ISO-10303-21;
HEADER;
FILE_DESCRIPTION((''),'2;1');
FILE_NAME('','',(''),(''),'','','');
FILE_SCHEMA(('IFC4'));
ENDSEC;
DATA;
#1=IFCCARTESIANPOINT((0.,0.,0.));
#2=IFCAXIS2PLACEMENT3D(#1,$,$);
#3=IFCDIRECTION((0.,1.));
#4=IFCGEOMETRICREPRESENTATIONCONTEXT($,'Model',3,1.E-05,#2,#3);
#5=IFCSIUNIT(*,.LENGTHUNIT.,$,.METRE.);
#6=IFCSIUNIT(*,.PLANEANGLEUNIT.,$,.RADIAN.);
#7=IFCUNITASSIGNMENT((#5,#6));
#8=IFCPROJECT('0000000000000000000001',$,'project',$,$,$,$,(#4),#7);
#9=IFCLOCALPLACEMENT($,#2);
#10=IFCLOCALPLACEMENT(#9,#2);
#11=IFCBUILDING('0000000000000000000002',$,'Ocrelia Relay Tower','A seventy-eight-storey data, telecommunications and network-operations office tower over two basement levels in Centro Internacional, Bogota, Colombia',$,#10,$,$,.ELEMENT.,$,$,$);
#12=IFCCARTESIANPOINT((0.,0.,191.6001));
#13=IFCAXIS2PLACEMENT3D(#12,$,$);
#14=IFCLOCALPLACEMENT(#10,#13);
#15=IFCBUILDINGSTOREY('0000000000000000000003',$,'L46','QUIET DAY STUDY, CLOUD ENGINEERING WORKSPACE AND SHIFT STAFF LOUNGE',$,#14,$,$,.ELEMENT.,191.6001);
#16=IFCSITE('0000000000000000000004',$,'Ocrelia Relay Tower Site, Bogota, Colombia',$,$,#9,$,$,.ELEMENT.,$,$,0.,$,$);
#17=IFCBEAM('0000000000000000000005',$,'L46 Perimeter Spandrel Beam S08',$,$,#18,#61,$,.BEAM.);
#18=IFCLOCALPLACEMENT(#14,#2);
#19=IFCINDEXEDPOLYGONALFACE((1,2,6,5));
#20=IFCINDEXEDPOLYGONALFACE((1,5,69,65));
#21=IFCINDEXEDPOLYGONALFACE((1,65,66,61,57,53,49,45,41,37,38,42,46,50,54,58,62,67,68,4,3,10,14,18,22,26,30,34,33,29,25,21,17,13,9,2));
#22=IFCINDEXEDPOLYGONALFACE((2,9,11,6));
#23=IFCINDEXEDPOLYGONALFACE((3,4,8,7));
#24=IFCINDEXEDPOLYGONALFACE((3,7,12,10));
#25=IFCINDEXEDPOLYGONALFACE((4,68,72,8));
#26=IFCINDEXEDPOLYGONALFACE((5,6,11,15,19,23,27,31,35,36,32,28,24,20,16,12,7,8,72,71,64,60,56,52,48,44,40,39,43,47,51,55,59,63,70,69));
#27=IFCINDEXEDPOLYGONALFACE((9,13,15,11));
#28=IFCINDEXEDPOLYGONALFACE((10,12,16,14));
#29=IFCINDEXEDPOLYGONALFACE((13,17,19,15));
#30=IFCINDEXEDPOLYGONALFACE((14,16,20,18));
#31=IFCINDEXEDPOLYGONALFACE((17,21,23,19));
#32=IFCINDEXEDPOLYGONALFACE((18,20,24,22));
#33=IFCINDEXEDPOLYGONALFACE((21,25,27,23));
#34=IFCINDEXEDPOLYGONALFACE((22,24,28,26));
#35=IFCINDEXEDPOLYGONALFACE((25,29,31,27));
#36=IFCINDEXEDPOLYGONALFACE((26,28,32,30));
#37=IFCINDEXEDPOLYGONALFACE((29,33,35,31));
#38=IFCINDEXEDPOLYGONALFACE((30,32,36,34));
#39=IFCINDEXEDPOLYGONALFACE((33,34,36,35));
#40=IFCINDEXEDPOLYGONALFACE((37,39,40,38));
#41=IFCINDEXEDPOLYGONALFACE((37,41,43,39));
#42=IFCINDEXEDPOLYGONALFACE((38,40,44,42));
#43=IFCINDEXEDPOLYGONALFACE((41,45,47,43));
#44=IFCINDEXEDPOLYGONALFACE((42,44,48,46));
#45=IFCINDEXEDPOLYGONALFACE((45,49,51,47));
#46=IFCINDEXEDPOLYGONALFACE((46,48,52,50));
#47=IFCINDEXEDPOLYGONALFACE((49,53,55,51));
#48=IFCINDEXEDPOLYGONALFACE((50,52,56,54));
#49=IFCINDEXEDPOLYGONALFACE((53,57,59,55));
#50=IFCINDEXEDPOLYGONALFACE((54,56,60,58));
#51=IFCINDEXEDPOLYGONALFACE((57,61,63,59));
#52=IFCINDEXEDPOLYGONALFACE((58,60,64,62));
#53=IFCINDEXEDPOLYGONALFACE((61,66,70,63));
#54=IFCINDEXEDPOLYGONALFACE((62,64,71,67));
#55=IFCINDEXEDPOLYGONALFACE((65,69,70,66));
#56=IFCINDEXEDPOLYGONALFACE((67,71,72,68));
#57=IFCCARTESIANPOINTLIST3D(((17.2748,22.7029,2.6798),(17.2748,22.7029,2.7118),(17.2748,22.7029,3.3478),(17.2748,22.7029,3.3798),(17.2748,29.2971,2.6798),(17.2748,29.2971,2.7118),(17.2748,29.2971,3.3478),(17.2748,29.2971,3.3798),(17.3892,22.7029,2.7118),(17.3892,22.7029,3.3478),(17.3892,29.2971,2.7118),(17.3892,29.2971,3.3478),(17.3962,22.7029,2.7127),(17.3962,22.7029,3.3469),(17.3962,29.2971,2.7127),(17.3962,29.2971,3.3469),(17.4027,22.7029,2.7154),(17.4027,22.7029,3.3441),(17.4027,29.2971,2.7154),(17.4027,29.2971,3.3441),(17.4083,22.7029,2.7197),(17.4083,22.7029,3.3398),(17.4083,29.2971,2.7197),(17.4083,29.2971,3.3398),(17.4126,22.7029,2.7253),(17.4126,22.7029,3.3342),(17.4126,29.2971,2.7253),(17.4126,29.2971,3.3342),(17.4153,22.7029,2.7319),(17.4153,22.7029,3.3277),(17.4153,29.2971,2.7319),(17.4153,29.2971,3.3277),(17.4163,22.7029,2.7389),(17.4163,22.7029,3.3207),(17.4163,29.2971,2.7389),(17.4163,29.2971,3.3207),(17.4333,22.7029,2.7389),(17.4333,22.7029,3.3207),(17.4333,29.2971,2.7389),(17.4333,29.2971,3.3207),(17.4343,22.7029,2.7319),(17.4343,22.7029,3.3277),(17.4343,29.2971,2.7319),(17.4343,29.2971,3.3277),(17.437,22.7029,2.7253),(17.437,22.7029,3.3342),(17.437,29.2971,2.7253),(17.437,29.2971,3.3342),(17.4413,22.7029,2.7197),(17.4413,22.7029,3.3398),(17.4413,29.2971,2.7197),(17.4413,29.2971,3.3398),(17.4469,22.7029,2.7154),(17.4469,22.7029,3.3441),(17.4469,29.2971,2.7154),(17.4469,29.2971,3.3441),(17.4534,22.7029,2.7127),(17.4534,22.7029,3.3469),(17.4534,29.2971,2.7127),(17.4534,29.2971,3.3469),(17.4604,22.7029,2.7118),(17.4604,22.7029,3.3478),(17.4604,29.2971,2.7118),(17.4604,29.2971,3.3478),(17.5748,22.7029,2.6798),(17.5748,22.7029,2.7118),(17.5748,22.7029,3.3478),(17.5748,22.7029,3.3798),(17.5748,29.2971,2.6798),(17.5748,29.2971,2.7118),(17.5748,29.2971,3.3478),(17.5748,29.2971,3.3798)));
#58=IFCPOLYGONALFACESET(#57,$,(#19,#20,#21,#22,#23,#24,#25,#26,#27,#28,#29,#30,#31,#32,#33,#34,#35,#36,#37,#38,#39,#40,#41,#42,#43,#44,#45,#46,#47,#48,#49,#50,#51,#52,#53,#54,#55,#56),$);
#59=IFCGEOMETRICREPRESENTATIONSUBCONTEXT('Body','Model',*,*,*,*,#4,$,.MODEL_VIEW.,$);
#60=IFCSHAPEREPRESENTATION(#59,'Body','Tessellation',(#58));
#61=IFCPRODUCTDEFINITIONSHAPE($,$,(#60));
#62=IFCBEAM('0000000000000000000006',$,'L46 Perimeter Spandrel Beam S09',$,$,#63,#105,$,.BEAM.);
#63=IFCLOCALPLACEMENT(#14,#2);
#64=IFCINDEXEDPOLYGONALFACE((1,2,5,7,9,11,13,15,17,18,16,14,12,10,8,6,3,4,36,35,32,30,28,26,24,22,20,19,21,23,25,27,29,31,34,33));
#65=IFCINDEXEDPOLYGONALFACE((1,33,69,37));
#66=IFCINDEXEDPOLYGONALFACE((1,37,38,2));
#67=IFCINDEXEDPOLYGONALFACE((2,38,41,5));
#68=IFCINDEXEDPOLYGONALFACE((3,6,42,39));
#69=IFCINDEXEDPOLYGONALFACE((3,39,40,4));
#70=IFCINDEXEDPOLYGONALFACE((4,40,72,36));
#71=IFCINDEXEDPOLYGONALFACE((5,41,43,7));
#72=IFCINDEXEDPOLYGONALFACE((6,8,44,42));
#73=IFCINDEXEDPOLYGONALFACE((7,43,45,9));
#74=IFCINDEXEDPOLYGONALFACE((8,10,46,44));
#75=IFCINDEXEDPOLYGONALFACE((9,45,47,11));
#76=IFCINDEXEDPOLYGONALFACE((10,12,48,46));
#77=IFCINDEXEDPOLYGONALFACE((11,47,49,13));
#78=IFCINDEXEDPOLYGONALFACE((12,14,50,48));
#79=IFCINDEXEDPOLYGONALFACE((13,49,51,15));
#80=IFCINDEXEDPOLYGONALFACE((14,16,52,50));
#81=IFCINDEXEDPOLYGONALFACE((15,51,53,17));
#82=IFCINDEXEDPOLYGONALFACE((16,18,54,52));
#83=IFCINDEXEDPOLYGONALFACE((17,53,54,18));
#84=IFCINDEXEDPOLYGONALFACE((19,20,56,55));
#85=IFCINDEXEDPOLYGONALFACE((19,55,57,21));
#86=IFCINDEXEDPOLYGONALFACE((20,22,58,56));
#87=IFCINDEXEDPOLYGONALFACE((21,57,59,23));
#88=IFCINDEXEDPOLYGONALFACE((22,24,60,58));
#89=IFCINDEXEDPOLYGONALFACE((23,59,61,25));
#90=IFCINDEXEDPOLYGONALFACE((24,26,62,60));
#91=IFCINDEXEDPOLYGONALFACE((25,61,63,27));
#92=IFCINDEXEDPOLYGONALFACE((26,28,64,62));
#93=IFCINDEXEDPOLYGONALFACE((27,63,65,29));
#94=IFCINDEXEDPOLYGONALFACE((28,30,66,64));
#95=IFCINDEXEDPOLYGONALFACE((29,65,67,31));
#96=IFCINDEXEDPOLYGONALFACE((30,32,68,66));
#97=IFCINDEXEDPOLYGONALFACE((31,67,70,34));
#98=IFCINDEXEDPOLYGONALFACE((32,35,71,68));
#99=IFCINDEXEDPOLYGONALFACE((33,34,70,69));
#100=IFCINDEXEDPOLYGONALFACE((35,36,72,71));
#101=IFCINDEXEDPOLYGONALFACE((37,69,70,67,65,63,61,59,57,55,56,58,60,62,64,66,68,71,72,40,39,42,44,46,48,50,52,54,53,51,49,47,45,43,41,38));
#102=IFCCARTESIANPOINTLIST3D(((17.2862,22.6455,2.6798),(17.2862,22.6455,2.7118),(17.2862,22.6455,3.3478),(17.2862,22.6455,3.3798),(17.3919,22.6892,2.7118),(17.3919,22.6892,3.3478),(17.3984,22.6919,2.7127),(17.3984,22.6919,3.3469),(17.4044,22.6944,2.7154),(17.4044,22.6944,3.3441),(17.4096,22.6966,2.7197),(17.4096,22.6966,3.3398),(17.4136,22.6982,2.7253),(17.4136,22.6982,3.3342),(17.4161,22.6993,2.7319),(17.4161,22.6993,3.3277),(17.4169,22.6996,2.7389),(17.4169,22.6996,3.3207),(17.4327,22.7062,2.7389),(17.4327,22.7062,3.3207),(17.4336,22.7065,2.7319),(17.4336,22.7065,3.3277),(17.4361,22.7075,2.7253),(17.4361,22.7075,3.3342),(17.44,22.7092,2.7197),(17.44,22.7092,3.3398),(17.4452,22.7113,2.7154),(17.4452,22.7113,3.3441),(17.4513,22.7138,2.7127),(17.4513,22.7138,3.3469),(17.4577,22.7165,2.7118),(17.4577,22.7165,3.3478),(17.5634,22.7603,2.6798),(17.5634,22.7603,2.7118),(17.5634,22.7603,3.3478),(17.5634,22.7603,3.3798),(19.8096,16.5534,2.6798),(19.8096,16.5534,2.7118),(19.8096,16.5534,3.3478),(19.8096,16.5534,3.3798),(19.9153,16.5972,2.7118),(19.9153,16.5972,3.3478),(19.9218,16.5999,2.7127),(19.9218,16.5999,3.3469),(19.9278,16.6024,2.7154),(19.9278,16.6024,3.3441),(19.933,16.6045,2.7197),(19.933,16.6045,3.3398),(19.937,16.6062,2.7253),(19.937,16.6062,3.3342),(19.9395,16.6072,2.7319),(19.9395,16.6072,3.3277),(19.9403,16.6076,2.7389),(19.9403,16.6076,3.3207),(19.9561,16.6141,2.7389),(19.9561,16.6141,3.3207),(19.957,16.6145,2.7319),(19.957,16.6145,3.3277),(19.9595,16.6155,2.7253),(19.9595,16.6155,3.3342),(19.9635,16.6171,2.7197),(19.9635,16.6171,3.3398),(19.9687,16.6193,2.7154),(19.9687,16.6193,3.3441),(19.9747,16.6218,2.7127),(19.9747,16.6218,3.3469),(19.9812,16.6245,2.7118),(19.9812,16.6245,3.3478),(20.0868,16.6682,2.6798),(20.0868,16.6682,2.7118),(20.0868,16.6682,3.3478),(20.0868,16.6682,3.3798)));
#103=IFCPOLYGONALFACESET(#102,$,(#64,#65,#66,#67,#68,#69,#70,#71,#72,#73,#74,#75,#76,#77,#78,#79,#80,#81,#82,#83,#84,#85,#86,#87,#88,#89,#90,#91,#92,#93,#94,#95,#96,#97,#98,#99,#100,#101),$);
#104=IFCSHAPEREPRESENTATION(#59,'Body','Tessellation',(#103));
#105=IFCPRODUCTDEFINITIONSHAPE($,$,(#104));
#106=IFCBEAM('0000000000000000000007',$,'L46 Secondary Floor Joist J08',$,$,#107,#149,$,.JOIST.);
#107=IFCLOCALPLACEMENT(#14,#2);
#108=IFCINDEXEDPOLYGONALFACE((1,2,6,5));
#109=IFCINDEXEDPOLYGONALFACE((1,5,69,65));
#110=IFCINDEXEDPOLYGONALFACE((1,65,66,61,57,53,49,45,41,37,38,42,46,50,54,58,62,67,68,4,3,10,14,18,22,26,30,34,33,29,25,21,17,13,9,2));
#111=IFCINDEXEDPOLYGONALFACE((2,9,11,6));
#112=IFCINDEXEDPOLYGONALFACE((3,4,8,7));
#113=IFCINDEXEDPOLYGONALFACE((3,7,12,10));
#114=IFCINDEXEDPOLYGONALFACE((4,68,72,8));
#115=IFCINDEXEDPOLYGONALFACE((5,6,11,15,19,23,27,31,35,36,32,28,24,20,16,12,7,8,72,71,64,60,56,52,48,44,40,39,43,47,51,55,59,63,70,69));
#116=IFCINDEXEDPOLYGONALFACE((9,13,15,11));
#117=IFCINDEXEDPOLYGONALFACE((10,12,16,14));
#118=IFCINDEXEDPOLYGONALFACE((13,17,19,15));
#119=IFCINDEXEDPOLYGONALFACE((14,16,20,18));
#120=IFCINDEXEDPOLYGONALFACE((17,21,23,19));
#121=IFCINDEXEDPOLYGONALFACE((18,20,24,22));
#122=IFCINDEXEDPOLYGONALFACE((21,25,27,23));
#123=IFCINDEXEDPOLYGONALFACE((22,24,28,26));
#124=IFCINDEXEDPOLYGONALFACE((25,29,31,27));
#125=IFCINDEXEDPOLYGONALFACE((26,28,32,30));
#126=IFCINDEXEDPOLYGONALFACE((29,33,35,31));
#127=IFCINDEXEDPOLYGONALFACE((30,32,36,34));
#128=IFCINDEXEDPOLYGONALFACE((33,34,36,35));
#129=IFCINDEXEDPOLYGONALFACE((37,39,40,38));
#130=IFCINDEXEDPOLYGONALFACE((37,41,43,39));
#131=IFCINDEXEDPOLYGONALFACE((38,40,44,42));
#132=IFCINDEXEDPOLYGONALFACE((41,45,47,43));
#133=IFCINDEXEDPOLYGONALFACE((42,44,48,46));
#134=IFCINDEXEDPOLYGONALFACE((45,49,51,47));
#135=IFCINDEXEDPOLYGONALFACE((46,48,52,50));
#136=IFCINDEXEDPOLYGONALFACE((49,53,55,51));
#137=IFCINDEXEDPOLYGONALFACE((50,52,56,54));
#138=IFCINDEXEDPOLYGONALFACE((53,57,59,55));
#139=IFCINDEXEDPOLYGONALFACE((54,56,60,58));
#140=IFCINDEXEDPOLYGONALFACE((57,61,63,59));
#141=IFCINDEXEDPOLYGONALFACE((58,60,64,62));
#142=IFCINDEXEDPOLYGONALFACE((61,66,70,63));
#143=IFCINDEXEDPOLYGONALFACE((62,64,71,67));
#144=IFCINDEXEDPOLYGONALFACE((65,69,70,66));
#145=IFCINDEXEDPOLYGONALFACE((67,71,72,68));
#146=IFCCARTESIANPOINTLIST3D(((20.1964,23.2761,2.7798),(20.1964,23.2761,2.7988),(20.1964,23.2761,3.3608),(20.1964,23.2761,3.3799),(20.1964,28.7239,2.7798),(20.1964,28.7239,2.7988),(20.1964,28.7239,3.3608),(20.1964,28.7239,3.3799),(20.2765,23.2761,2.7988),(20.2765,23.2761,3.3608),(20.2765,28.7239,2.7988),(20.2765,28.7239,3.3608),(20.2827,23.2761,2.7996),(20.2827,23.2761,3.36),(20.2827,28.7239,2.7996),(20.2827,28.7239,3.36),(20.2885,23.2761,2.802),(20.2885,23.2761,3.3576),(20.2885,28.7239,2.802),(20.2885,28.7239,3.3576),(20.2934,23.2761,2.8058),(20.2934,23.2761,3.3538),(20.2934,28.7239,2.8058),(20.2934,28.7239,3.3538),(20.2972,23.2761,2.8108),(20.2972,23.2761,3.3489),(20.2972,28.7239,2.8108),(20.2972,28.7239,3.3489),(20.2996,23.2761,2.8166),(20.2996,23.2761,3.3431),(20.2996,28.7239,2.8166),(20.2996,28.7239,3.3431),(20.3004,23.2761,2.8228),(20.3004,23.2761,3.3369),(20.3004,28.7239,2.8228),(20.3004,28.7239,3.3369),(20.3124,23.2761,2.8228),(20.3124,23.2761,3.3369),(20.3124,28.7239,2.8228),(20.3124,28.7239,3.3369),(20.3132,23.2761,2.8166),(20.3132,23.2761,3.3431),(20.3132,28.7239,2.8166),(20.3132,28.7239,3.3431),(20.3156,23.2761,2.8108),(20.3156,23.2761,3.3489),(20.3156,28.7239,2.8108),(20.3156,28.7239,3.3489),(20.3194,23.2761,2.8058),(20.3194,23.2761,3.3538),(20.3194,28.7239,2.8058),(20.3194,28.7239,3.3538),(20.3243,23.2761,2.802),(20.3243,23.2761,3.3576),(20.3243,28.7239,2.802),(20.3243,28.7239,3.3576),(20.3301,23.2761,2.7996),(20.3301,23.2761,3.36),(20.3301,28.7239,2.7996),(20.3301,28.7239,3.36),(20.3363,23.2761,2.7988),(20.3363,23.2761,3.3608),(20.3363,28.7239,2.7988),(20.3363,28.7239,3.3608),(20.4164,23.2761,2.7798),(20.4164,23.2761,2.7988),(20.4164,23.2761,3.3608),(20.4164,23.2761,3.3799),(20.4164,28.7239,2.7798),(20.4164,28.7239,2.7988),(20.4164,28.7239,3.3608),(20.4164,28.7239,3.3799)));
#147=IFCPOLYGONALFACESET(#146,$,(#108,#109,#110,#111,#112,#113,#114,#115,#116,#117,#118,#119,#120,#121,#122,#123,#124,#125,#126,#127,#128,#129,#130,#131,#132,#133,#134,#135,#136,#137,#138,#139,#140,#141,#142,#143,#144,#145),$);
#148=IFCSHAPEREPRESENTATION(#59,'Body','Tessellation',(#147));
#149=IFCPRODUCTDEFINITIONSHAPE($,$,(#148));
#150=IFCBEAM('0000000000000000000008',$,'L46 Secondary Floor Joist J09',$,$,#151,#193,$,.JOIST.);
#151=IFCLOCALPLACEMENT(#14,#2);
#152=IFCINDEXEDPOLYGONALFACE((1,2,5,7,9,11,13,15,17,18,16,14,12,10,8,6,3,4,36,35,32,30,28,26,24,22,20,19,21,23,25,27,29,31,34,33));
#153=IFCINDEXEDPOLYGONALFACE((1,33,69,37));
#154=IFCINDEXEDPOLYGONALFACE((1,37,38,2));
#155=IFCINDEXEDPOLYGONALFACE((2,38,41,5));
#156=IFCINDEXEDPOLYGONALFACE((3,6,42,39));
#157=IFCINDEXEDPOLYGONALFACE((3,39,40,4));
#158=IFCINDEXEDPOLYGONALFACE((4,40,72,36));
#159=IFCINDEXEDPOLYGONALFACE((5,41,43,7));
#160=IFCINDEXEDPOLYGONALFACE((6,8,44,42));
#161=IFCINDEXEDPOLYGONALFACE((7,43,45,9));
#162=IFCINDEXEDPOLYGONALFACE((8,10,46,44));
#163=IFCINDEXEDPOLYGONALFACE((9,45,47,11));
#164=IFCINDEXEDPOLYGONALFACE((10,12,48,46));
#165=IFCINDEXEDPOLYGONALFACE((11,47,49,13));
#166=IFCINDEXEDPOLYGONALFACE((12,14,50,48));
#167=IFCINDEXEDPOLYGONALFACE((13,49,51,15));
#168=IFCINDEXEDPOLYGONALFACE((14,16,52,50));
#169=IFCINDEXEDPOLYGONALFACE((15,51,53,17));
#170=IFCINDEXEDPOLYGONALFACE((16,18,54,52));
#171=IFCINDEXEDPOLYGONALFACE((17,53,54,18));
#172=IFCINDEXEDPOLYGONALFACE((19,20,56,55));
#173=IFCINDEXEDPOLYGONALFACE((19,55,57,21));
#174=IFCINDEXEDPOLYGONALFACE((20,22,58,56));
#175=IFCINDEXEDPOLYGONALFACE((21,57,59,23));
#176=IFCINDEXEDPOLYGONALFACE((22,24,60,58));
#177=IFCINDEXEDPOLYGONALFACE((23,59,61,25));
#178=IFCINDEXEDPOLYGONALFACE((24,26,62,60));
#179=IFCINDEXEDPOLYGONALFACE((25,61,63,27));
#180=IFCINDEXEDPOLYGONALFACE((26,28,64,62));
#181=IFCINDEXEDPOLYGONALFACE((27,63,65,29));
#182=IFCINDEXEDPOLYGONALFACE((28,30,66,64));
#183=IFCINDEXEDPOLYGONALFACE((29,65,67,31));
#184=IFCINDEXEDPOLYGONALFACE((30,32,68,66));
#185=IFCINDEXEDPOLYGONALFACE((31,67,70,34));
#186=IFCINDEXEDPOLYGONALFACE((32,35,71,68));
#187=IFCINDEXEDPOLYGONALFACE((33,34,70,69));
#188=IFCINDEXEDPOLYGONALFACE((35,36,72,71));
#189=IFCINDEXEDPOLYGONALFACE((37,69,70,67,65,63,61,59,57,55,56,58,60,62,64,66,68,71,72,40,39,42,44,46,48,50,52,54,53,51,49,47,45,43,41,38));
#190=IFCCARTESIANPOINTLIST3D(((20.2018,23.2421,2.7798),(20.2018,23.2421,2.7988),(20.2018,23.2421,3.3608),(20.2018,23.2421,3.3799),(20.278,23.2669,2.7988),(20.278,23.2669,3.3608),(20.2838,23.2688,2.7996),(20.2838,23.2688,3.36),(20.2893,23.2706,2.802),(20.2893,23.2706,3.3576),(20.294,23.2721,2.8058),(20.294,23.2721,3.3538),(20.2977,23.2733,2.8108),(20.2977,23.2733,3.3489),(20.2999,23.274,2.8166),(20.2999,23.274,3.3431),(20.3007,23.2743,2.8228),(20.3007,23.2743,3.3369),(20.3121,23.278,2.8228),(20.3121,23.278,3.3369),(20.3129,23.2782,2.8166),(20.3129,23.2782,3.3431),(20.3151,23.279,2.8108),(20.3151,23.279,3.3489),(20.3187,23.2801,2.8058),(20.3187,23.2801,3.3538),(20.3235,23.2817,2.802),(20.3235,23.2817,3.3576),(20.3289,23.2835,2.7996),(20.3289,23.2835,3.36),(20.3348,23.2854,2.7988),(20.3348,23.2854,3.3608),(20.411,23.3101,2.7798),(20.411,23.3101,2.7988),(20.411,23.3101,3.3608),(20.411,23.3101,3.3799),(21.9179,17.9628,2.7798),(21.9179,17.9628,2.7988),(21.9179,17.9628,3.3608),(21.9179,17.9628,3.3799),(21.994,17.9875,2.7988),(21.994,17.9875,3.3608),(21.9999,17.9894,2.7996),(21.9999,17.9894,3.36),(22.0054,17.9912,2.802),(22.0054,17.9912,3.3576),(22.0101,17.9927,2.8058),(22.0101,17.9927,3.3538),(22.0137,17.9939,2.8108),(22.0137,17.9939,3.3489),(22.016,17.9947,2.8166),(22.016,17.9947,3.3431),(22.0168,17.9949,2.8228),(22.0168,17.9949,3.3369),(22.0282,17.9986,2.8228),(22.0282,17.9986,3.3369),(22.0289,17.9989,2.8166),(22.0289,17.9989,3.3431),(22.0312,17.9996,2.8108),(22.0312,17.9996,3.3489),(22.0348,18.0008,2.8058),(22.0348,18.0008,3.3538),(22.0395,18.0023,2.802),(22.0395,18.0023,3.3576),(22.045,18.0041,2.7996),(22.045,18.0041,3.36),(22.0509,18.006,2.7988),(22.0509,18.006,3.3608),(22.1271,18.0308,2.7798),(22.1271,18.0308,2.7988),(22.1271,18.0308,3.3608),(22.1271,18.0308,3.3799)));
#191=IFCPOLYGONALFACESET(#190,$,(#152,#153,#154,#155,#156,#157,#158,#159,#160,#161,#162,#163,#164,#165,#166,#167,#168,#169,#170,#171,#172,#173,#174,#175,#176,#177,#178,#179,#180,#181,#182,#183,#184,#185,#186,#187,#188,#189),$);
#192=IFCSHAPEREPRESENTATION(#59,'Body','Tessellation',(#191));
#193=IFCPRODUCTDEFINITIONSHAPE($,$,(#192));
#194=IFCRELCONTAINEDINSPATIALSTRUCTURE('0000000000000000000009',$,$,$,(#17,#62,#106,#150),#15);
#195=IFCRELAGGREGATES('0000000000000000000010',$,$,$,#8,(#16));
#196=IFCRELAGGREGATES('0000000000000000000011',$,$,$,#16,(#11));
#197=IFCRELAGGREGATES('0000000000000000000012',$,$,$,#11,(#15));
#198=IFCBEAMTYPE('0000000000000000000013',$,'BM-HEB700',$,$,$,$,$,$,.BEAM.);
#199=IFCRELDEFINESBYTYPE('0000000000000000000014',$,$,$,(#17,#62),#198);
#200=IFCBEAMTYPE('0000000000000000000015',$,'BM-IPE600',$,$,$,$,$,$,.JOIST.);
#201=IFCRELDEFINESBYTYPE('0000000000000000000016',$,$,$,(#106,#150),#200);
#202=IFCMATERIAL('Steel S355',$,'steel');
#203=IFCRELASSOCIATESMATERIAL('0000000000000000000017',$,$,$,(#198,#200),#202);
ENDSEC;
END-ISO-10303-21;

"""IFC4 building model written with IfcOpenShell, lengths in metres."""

from ifc_helpers import new_model, si_unit, direction, frame, origin, origin_2d, place, context, subcontext, project, spatial, i_section, extrude, material, material_profile, profile_set, type_object, element, save


model = new_model("IFC4")

# Units and contexts
model_context = context("Model", 3, precision=1e-05, world=origin(), true_north=direction((0.0, 1.0)))
body_context = subcontext(model_context, "Body", "Model", "MODEL_VIEW")
ifc_project = project(units=[si_unit("LENGTHUNIT", "METRE"), si_unit("PLANEANGLEUNIT", "RADIAN")], contexts=[model_context])

# Site, building, storey
site_placement = place(None, origin())
site = spatial("IfcSite", under=ifc_project, at=site_placement, Name="Ocrelia Relay Tower Site, Bogota, Colombia", CompositionType="ELEMENT", RefElevation=0.0)
building_placement = place(site_placement, origin())
building = spatial("IfcBuilding", under=site, at=building_placement, Name="Ocrelia Relay Tower", Description="A seventy-eight-storey data, telecommunications and network-operations office tower over two basement levels in Centro Internacional, Bogota, Colombia", CompositionType="ELEMENT")
storey_placement = place(building_placement, frame((0.0, 0.0, 191.6001)))
storey = spatial("IfcBuildingStorey", under=building, at=storey_placement, Name="L46", Description="QUIET DAY STUDY, CLOUD ENGINEERING WORKSPACE AND SHIFT STAFF LOUNGE", CompositionType="ELEMENT", Elevation=191.6001)

# Beams
ifc_material_1 = material(Name="Steel S355", Category="steel")
ifc_material_profile_1 = material_profile(ifc_material_1, i_section(OverallWidth=0.3, OverallDepth=0.7, WebThickness=0.0171, FlangeThickness=0.032, FilletRadius=0.0271, at=origin_2d()), Name="HEB 700")
ifc_profile_set_1 = profile_set([ifc_material_profile_1], Name="Steel S355")
beam_type_1 = type_object("IfcBeamType", Name="BM-HEB700", PredefinedType="BEAM", material=ifc_profile_set_1)
beam_1_placement = place(storey_placement, frame((17.4248, 29.2971, 3.0298), z_axis=(0.0, -1.0, 0.0), x_axis=(1.0, 0.0, 0.0)))
element("IfcBeam", 1, at=beam_1_placement, inside=storey, type_object=beam_type_1, Name="L46 Perimeter Spandrel Beam S08", PredefinedType="BEAM", context=body_context, shape_type="SweptSolid", body=[
    extrude(i_section(OverallWidth=0.3, OverallDepth=0.7, WebThickness=0.0171, FlangeThickness=0.032, FilletRadius=0.0271, at=origin_2d()), origin(), (0.0, 0.0, 1.0), 6.5942),
])
beam_2_placement = place(storey_placement, frame((17.4248, 22.7029, 3.0298), z_axis=(0.382688, -0.923878, 0.0), x_axis=(0.923878, 0.382688, 0.0)))
element("IfcBeam", 2, at=beam_2_placement, inside=storey, type_object=beam_type_1, Name="L46 Perimeter Spandrel Beam S09", PredefinedType="BEAM", context=body_context, shape_type="SweptSolid", body=[
    extrude(i_section(OverallWidth=0.3, OverallDepth=0.7, WebThickness=0.0171, FlangeThickness=0.032, FilletRadius=0.0271, at=origin_2d()), origin(), (0.0, 0.0, 1.0), 6.594),
])
ifc_material_profile_2 = material_profile(ifc_material_1, i_section(OverallWidth=0.22, OverallDepth=0.6001, WebThickness=0.012, FlangeThickness=0.019, FilletRadius=0.0239, at=origin_2d()), Name="IPE 600")
ifc_profile_set_2 = profile_set([ifc_material_profile_2], Name="Steel S355")
beam_type_2 = type_object("IfcBeamType", Name="BM-IPE600", PredefinedType="JOIST", material=ifc_profile_set_2)
beam_3_placement = place(storey_placement, frame((20.3064, 28.7239, 3.0798), z_axis=(0.0, -1.0, 0.0), x_axis=(1.0, 0.0, 0.0)))
element("IfcBeam", 3, at=beam_3_placement, inside=storey, type_object=beam_type_2, Name="L46 Secondary Floor Joist J08", PredefinedType="JOIST", context=body_context, shape_type="SweptSolid", body=[
    extrude(i_section(OverallWidth=0.22, OverallDepth=0.6001, WebThickness=0.012, FlangeThickness=0.019, FilletRadius=0.0239, at=origin_2d()), origin(), (0.0, 0.0, 1.0), 5.4478),
])
beam_4_placement = place(storey_placement, frame((20.3064, 23.2761, 3.0798), z_axis=(0.309134, -0.951019, 0.0), x_axis=(0.951019, 0.309134, 0.0)))
element("IfcBeam", 4, at=beam_4_placement, inside=storey, type_object=beam_type_2, Name="L46 Secondary Floor Joist J09", PredefinedType="JOIST", context=body_context, shape_type="SweptSolid", body=[
    extrude(i_section(OverallWidth=0.22, OverallDepth=0.6001, WebThickness=0.012, FlangeThickness=0.019, FilletRadius=0.0239, at=origin_2d()), origin(), (0.0, 0.0, 1.0), 5.5513),
])

save(model, "model.ifc")
